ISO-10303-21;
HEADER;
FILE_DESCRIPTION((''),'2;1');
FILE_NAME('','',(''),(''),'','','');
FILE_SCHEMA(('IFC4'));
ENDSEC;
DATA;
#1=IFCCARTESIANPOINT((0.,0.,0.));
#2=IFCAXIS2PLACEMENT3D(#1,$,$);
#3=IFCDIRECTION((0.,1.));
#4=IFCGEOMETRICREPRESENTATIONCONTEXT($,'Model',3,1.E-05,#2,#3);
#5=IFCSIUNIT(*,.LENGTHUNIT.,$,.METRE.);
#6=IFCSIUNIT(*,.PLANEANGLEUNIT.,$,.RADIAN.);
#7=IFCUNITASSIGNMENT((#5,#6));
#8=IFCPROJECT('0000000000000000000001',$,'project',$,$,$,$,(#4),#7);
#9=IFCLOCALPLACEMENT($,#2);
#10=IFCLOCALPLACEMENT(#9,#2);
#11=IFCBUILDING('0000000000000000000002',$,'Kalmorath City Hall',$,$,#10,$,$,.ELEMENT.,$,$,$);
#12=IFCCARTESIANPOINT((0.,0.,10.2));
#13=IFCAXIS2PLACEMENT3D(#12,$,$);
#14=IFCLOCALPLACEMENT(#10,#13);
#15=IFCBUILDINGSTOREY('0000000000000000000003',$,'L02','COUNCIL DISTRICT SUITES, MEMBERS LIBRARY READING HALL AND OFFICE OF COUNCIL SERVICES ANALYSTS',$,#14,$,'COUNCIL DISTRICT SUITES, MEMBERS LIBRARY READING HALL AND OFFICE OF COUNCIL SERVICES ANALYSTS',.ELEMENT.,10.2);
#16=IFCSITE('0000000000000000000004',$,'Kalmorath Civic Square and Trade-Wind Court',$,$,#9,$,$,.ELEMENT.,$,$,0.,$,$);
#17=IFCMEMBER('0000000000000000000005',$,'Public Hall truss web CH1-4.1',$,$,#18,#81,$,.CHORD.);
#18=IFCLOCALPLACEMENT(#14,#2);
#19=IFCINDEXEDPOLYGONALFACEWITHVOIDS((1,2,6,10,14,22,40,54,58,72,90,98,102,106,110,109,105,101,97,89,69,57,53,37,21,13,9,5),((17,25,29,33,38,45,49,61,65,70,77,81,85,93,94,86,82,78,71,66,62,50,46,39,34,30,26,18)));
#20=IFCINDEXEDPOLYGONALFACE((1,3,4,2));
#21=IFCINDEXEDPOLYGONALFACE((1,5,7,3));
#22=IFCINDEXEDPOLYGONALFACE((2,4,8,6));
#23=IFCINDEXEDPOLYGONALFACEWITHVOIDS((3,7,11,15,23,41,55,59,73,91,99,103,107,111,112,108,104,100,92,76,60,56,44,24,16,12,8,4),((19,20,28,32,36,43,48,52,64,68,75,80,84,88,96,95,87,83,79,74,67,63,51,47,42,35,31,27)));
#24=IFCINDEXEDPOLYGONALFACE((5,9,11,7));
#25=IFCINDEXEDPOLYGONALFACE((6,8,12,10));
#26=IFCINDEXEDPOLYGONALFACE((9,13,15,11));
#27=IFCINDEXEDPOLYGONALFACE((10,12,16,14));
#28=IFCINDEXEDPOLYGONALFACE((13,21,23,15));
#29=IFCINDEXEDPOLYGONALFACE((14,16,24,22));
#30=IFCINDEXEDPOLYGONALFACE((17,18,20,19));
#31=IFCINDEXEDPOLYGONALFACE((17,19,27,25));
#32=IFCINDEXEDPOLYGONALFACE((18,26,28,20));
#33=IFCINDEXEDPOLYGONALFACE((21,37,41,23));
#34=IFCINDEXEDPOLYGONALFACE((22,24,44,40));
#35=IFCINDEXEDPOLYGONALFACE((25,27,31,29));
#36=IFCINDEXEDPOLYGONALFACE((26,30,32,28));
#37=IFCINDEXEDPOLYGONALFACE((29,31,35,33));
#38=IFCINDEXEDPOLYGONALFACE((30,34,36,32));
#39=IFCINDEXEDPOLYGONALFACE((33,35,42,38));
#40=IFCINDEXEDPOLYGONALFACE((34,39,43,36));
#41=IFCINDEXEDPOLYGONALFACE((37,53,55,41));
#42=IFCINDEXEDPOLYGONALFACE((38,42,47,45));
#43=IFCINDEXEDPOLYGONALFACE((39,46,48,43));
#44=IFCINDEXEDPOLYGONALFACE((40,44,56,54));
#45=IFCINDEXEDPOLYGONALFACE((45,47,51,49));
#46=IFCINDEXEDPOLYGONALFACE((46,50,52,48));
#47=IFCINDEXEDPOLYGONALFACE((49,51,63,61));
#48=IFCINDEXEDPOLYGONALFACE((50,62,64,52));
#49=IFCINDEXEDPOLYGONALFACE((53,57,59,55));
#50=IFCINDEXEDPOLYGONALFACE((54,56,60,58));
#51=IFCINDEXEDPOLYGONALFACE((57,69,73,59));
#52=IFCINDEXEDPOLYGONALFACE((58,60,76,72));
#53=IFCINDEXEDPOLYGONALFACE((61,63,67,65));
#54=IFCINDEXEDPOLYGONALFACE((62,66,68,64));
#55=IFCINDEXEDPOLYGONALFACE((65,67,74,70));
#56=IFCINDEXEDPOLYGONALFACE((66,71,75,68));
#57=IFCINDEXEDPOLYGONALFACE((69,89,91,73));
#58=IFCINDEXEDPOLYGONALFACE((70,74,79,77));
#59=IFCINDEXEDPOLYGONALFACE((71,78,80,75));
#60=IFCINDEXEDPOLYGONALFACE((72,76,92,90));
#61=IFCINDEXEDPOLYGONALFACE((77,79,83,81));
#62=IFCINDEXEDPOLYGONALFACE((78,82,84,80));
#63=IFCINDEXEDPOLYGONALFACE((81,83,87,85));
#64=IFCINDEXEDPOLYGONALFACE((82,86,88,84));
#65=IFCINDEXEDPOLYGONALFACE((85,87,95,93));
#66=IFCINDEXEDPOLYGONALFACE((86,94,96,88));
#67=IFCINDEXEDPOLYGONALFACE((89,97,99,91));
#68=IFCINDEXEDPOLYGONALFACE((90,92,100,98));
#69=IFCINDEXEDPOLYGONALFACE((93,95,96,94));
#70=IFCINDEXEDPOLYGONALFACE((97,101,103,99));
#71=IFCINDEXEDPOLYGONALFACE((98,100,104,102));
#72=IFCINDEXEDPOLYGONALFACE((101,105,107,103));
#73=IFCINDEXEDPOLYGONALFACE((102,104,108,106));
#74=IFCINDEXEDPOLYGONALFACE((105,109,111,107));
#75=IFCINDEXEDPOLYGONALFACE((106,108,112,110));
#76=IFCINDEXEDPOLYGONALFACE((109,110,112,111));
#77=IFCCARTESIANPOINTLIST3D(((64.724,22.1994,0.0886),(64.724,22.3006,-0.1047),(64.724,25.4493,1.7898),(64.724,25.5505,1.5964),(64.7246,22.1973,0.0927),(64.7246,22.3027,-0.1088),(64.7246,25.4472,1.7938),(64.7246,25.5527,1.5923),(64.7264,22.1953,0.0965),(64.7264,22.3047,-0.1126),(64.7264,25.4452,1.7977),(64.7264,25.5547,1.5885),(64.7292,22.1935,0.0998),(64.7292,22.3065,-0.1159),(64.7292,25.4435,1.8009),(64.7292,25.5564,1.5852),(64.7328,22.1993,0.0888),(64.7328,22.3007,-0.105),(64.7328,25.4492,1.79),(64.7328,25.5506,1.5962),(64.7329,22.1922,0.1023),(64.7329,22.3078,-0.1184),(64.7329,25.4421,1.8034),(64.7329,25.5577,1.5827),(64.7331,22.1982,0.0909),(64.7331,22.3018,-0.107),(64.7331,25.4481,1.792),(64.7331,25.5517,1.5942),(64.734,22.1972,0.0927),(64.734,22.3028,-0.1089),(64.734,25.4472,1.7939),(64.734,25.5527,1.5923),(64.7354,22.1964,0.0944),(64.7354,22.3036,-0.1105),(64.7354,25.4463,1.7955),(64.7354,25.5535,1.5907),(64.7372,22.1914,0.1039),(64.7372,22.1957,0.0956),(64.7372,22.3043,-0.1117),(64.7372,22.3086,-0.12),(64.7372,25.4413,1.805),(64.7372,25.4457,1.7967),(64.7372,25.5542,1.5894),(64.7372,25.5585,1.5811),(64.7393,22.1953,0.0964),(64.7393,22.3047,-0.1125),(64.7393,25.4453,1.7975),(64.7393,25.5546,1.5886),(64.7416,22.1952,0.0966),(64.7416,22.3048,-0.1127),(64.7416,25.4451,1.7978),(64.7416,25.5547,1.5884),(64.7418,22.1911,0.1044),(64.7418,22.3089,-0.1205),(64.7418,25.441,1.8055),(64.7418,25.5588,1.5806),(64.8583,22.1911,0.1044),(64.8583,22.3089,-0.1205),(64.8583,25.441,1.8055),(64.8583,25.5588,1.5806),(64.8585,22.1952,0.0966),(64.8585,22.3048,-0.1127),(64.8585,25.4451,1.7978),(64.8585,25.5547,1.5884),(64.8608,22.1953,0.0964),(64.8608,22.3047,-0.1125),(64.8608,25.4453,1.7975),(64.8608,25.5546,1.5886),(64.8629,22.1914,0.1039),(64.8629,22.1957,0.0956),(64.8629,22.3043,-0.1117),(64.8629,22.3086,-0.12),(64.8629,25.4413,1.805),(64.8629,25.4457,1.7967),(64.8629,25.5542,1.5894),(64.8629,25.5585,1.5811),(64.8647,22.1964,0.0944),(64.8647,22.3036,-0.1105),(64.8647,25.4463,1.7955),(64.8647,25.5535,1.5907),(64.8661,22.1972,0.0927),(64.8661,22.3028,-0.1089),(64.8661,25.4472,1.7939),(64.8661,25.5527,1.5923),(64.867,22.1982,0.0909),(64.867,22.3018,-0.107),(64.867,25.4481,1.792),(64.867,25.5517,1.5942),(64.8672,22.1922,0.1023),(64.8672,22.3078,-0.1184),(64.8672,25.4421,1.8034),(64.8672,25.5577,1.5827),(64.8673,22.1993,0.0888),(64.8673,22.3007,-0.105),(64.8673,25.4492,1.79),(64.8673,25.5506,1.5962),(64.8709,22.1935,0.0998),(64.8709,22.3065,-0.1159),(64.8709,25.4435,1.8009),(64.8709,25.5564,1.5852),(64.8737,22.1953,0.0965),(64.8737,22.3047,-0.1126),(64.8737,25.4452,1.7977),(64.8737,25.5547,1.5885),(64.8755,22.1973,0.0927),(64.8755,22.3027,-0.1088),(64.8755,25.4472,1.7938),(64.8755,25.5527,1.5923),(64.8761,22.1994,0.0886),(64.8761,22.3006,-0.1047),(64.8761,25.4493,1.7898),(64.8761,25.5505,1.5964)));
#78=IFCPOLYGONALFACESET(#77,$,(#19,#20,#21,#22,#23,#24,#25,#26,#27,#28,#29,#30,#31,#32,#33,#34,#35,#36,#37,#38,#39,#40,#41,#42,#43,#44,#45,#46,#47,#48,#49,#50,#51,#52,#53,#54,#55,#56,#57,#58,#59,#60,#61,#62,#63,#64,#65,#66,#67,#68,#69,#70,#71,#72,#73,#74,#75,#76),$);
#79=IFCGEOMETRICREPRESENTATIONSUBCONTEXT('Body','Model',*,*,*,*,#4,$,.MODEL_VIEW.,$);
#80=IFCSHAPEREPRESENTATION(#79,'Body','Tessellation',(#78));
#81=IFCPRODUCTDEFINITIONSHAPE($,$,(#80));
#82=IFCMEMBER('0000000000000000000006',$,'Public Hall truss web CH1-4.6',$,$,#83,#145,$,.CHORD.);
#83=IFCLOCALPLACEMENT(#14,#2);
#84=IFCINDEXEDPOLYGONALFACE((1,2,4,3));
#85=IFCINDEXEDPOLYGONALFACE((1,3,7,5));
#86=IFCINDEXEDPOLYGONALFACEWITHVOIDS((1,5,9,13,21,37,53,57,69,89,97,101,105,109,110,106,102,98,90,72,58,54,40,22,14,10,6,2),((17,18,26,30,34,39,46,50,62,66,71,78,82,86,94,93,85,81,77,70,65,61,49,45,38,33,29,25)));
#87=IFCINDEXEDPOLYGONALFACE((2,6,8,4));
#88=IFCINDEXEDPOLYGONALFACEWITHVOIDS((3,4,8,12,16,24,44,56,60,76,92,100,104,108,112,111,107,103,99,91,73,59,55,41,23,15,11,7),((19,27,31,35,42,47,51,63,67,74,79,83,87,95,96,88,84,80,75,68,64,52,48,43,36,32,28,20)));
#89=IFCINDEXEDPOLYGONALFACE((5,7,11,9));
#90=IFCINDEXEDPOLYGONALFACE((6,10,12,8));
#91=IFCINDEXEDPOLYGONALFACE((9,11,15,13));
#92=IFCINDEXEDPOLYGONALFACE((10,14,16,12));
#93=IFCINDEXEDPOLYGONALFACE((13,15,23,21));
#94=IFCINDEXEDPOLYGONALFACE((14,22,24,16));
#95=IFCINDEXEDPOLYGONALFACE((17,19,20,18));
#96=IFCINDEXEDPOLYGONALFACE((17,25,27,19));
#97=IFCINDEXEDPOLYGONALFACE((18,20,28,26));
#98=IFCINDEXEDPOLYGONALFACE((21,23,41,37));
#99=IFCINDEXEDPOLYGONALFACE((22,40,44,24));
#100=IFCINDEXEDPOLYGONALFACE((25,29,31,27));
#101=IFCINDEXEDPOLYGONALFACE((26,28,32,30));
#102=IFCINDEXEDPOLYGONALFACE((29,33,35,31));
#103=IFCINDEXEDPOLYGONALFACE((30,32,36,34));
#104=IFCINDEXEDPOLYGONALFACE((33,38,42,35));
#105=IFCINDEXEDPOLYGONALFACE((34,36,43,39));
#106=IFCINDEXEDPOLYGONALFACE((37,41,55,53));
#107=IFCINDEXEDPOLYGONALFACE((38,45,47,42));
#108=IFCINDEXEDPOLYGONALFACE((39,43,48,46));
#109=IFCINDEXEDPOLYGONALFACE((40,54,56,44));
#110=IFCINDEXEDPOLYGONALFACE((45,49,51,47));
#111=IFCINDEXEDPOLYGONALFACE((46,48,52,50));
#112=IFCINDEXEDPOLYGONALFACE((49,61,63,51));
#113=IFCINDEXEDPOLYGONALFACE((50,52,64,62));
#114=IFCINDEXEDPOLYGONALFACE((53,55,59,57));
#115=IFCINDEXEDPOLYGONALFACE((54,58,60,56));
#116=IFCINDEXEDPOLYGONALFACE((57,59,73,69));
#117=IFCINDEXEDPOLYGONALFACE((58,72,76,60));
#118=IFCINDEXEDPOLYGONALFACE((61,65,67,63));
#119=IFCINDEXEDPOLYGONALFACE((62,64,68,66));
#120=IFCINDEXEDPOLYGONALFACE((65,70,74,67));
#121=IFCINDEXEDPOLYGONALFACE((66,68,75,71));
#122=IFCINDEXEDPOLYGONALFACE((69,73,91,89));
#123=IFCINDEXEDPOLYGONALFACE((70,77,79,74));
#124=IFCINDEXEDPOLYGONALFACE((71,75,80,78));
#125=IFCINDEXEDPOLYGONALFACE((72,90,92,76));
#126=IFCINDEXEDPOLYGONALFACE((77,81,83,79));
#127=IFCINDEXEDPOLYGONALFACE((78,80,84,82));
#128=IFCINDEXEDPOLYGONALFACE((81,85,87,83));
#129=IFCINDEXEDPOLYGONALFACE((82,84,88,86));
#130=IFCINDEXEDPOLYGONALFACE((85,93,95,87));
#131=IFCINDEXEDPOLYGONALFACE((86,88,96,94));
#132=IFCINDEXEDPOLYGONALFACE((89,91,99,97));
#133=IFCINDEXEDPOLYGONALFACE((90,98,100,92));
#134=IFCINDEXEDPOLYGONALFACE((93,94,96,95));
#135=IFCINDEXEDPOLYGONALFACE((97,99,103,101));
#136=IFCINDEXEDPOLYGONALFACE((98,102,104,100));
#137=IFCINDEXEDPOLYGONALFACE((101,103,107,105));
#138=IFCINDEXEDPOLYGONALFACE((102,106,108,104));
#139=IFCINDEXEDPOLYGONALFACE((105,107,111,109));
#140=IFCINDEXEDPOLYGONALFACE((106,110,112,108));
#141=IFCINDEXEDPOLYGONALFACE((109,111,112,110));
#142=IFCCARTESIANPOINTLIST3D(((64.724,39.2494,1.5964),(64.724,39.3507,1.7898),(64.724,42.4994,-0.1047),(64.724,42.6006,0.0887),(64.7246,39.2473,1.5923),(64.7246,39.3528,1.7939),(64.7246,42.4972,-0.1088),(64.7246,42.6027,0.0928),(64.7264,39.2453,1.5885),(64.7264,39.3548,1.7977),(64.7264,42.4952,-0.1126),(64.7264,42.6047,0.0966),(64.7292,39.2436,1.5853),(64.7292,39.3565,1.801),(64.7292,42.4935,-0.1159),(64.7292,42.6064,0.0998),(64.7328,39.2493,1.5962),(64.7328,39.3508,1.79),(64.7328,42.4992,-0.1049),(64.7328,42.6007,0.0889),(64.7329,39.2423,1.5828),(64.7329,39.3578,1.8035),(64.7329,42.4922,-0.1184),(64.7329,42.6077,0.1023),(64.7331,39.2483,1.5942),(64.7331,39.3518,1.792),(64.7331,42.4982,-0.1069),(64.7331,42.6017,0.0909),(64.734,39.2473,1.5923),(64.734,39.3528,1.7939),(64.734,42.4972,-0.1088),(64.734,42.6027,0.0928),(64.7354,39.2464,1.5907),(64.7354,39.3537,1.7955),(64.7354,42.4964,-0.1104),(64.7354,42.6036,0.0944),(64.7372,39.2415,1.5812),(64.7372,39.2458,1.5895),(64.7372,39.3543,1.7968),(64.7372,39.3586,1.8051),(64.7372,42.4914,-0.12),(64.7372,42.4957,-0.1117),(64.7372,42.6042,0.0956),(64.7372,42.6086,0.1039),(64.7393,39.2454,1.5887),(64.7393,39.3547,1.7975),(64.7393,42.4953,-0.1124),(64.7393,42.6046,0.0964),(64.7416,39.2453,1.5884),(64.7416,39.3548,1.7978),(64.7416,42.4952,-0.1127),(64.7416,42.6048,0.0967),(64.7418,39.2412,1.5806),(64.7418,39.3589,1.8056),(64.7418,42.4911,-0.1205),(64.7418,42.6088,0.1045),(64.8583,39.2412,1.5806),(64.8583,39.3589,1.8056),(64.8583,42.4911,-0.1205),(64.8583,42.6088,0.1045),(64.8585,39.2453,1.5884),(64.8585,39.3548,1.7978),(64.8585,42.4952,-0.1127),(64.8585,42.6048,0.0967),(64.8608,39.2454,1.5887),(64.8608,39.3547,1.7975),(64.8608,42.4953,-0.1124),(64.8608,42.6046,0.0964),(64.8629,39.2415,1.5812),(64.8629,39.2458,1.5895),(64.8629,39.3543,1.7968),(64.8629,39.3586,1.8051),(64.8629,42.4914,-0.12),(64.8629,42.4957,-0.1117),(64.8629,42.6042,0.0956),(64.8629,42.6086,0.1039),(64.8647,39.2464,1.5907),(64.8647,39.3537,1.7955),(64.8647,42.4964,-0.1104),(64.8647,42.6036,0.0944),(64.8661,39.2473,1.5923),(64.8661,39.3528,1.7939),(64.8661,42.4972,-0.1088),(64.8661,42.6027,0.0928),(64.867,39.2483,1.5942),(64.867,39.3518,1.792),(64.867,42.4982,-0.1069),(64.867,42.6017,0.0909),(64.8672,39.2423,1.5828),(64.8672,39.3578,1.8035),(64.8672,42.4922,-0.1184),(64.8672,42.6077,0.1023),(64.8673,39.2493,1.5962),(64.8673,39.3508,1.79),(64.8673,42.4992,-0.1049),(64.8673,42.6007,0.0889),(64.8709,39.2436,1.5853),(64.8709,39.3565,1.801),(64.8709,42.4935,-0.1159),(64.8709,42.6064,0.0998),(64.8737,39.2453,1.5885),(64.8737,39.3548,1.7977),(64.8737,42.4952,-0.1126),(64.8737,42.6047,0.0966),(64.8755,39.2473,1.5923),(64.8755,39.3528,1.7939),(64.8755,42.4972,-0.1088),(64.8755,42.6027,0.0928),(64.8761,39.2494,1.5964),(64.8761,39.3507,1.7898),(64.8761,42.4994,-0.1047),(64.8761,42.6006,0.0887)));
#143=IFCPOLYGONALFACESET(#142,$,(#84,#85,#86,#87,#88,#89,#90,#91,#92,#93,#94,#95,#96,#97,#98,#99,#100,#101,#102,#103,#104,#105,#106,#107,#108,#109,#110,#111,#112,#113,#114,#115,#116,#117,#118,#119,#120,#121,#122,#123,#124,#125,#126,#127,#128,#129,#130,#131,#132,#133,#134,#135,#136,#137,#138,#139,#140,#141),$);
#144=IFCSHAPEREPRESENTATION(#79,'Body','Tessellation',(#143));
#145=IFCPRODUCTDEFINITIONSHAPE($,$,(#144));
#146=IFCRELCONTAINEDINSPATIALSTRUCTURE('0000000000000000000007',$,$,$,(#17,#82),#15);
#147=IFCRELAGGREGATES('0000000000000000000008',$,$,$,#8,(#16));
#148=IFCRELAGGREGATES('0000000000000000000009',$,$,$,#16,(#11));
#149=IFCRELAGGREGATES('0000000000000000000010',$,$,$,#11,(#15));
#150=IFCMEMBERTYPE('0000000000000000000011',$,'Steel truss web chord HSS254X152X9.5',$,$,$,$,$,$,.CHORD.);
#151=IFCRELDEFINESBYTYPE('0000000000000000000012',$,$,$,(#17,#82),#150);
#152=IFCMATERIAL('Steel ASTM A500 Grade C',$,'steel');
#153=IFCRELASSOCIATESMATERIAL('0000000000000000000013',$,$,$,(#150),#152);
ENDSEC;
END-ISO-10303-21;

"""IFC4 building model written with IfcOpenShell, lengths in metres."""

from ifc_helpers import new_model, si_unit, direction, frame, origin, origin_2d, place, context, subcontext, project, spatial, hollow_rectangle, extrude, material, material_profile, profile_set, type_object, element, save


model = new_model("IFC4")

# Units and contexts
model_context = context("Model", 3, precision=1e-05, world=origin(), true_north=direction((0.0, 1.0)))
body_context = subcontext(model_context, "Body", "Model", "MODEL_VIEW")
ifc_project = project(units=[si_unit("LENGTHUNIT", "METRE"), si_unit("PLANEANGLEUNIT", "RADIAN")], contexts=[model_context])

# Site, building, storey
site_placement = place(None, origin())
site = spatial("IfcSite", under=ifc_project, at=site_placement, Name="Kalmorath Civic Square and Trade-Wind Court", CompositionType="ELEMENT", RefElevation=0.0)
building_placement = place(site_placement, origin())
building = spatial("IfcBuilding", under=site, at=building_placement, Name="Kalmorath City Hall", CompositionType="ELEMENT")
storey_placement = place(building_placement, frame((0.0, 0.0, 10.2)))
storey = spatial("IfcBuildingStorey", under=building, at=storey_placement, Name="L02", Description="COUNCIL DISTRICT SUITES, MEMBERS LIBRARY READING HALL AND OFFICE OF COUNCIL SERVICES ANALYSTS", LongName="COUNCIL DISTRICT SUITES, MEMBERS LIBRARY READING HALL AND OFFICE OF COUNCIL SERVICES ANALYSTS", CompositionType="ELEMENT", Elevation=10.2)

# Members
ifc_material_1 = material(Name="Steel ASTM A500 Grade C", Category="steel")
ifc_material_profile_1 = material_profile(ifc_material_1, hollow_rectangle(XDim=0.1521, YDim=0.2539, WallThickness=0.0088, InnerFilletRadius=0.0088, OuterFilletRadius=0.0178, at=origin_2d()), Name="HSS254X152X9.5")
ifc_profile_set_1 = profile_set([ifc_material_profile_1], Name="Steel ASTM A500 Grade C")
member_type_1 = type_object("IfcMemberType", Name="Steel truss web chord HSS254X152X9.5", PredefinedType="CHORD", material=ifc_profile_set_1)
for number, where, z_axis, x_axis, name in (
    (1, (64.8, 22.25, -0.0081), (0.0, 0.885967, 0.463748), (-1.0, 0.0, 0.0), "Public Hall truss web CH1-4.1"),
    (2, (64.8, 39.3, 1.6931), (0.0, 0.885967, -0.463748), (-1.0, 0.0, 0.0), "Public Hall truss web CH1-4.6"),
):
    element("IfcMember", number, at=place(storey_placement, frame(where, z_axis=z_axis, x_axis=x_axis)), inside=storey, type_object=member_type_1, Name=name, PredefinedType="CHORD", context=body_context, shape_type="SweptSolid", body=[
        extrude(hollow_rectangle(XDim=0.1521, YDim=0.2539, WallThickness=0.0088, InnerFilletRadius=0.0088, OuterFilletRadius=0.0178, at=origin_2d()), origin(), (0.0, 0.0, 1.0), 3.6682),
    ])

save(model, "model.ifc")
